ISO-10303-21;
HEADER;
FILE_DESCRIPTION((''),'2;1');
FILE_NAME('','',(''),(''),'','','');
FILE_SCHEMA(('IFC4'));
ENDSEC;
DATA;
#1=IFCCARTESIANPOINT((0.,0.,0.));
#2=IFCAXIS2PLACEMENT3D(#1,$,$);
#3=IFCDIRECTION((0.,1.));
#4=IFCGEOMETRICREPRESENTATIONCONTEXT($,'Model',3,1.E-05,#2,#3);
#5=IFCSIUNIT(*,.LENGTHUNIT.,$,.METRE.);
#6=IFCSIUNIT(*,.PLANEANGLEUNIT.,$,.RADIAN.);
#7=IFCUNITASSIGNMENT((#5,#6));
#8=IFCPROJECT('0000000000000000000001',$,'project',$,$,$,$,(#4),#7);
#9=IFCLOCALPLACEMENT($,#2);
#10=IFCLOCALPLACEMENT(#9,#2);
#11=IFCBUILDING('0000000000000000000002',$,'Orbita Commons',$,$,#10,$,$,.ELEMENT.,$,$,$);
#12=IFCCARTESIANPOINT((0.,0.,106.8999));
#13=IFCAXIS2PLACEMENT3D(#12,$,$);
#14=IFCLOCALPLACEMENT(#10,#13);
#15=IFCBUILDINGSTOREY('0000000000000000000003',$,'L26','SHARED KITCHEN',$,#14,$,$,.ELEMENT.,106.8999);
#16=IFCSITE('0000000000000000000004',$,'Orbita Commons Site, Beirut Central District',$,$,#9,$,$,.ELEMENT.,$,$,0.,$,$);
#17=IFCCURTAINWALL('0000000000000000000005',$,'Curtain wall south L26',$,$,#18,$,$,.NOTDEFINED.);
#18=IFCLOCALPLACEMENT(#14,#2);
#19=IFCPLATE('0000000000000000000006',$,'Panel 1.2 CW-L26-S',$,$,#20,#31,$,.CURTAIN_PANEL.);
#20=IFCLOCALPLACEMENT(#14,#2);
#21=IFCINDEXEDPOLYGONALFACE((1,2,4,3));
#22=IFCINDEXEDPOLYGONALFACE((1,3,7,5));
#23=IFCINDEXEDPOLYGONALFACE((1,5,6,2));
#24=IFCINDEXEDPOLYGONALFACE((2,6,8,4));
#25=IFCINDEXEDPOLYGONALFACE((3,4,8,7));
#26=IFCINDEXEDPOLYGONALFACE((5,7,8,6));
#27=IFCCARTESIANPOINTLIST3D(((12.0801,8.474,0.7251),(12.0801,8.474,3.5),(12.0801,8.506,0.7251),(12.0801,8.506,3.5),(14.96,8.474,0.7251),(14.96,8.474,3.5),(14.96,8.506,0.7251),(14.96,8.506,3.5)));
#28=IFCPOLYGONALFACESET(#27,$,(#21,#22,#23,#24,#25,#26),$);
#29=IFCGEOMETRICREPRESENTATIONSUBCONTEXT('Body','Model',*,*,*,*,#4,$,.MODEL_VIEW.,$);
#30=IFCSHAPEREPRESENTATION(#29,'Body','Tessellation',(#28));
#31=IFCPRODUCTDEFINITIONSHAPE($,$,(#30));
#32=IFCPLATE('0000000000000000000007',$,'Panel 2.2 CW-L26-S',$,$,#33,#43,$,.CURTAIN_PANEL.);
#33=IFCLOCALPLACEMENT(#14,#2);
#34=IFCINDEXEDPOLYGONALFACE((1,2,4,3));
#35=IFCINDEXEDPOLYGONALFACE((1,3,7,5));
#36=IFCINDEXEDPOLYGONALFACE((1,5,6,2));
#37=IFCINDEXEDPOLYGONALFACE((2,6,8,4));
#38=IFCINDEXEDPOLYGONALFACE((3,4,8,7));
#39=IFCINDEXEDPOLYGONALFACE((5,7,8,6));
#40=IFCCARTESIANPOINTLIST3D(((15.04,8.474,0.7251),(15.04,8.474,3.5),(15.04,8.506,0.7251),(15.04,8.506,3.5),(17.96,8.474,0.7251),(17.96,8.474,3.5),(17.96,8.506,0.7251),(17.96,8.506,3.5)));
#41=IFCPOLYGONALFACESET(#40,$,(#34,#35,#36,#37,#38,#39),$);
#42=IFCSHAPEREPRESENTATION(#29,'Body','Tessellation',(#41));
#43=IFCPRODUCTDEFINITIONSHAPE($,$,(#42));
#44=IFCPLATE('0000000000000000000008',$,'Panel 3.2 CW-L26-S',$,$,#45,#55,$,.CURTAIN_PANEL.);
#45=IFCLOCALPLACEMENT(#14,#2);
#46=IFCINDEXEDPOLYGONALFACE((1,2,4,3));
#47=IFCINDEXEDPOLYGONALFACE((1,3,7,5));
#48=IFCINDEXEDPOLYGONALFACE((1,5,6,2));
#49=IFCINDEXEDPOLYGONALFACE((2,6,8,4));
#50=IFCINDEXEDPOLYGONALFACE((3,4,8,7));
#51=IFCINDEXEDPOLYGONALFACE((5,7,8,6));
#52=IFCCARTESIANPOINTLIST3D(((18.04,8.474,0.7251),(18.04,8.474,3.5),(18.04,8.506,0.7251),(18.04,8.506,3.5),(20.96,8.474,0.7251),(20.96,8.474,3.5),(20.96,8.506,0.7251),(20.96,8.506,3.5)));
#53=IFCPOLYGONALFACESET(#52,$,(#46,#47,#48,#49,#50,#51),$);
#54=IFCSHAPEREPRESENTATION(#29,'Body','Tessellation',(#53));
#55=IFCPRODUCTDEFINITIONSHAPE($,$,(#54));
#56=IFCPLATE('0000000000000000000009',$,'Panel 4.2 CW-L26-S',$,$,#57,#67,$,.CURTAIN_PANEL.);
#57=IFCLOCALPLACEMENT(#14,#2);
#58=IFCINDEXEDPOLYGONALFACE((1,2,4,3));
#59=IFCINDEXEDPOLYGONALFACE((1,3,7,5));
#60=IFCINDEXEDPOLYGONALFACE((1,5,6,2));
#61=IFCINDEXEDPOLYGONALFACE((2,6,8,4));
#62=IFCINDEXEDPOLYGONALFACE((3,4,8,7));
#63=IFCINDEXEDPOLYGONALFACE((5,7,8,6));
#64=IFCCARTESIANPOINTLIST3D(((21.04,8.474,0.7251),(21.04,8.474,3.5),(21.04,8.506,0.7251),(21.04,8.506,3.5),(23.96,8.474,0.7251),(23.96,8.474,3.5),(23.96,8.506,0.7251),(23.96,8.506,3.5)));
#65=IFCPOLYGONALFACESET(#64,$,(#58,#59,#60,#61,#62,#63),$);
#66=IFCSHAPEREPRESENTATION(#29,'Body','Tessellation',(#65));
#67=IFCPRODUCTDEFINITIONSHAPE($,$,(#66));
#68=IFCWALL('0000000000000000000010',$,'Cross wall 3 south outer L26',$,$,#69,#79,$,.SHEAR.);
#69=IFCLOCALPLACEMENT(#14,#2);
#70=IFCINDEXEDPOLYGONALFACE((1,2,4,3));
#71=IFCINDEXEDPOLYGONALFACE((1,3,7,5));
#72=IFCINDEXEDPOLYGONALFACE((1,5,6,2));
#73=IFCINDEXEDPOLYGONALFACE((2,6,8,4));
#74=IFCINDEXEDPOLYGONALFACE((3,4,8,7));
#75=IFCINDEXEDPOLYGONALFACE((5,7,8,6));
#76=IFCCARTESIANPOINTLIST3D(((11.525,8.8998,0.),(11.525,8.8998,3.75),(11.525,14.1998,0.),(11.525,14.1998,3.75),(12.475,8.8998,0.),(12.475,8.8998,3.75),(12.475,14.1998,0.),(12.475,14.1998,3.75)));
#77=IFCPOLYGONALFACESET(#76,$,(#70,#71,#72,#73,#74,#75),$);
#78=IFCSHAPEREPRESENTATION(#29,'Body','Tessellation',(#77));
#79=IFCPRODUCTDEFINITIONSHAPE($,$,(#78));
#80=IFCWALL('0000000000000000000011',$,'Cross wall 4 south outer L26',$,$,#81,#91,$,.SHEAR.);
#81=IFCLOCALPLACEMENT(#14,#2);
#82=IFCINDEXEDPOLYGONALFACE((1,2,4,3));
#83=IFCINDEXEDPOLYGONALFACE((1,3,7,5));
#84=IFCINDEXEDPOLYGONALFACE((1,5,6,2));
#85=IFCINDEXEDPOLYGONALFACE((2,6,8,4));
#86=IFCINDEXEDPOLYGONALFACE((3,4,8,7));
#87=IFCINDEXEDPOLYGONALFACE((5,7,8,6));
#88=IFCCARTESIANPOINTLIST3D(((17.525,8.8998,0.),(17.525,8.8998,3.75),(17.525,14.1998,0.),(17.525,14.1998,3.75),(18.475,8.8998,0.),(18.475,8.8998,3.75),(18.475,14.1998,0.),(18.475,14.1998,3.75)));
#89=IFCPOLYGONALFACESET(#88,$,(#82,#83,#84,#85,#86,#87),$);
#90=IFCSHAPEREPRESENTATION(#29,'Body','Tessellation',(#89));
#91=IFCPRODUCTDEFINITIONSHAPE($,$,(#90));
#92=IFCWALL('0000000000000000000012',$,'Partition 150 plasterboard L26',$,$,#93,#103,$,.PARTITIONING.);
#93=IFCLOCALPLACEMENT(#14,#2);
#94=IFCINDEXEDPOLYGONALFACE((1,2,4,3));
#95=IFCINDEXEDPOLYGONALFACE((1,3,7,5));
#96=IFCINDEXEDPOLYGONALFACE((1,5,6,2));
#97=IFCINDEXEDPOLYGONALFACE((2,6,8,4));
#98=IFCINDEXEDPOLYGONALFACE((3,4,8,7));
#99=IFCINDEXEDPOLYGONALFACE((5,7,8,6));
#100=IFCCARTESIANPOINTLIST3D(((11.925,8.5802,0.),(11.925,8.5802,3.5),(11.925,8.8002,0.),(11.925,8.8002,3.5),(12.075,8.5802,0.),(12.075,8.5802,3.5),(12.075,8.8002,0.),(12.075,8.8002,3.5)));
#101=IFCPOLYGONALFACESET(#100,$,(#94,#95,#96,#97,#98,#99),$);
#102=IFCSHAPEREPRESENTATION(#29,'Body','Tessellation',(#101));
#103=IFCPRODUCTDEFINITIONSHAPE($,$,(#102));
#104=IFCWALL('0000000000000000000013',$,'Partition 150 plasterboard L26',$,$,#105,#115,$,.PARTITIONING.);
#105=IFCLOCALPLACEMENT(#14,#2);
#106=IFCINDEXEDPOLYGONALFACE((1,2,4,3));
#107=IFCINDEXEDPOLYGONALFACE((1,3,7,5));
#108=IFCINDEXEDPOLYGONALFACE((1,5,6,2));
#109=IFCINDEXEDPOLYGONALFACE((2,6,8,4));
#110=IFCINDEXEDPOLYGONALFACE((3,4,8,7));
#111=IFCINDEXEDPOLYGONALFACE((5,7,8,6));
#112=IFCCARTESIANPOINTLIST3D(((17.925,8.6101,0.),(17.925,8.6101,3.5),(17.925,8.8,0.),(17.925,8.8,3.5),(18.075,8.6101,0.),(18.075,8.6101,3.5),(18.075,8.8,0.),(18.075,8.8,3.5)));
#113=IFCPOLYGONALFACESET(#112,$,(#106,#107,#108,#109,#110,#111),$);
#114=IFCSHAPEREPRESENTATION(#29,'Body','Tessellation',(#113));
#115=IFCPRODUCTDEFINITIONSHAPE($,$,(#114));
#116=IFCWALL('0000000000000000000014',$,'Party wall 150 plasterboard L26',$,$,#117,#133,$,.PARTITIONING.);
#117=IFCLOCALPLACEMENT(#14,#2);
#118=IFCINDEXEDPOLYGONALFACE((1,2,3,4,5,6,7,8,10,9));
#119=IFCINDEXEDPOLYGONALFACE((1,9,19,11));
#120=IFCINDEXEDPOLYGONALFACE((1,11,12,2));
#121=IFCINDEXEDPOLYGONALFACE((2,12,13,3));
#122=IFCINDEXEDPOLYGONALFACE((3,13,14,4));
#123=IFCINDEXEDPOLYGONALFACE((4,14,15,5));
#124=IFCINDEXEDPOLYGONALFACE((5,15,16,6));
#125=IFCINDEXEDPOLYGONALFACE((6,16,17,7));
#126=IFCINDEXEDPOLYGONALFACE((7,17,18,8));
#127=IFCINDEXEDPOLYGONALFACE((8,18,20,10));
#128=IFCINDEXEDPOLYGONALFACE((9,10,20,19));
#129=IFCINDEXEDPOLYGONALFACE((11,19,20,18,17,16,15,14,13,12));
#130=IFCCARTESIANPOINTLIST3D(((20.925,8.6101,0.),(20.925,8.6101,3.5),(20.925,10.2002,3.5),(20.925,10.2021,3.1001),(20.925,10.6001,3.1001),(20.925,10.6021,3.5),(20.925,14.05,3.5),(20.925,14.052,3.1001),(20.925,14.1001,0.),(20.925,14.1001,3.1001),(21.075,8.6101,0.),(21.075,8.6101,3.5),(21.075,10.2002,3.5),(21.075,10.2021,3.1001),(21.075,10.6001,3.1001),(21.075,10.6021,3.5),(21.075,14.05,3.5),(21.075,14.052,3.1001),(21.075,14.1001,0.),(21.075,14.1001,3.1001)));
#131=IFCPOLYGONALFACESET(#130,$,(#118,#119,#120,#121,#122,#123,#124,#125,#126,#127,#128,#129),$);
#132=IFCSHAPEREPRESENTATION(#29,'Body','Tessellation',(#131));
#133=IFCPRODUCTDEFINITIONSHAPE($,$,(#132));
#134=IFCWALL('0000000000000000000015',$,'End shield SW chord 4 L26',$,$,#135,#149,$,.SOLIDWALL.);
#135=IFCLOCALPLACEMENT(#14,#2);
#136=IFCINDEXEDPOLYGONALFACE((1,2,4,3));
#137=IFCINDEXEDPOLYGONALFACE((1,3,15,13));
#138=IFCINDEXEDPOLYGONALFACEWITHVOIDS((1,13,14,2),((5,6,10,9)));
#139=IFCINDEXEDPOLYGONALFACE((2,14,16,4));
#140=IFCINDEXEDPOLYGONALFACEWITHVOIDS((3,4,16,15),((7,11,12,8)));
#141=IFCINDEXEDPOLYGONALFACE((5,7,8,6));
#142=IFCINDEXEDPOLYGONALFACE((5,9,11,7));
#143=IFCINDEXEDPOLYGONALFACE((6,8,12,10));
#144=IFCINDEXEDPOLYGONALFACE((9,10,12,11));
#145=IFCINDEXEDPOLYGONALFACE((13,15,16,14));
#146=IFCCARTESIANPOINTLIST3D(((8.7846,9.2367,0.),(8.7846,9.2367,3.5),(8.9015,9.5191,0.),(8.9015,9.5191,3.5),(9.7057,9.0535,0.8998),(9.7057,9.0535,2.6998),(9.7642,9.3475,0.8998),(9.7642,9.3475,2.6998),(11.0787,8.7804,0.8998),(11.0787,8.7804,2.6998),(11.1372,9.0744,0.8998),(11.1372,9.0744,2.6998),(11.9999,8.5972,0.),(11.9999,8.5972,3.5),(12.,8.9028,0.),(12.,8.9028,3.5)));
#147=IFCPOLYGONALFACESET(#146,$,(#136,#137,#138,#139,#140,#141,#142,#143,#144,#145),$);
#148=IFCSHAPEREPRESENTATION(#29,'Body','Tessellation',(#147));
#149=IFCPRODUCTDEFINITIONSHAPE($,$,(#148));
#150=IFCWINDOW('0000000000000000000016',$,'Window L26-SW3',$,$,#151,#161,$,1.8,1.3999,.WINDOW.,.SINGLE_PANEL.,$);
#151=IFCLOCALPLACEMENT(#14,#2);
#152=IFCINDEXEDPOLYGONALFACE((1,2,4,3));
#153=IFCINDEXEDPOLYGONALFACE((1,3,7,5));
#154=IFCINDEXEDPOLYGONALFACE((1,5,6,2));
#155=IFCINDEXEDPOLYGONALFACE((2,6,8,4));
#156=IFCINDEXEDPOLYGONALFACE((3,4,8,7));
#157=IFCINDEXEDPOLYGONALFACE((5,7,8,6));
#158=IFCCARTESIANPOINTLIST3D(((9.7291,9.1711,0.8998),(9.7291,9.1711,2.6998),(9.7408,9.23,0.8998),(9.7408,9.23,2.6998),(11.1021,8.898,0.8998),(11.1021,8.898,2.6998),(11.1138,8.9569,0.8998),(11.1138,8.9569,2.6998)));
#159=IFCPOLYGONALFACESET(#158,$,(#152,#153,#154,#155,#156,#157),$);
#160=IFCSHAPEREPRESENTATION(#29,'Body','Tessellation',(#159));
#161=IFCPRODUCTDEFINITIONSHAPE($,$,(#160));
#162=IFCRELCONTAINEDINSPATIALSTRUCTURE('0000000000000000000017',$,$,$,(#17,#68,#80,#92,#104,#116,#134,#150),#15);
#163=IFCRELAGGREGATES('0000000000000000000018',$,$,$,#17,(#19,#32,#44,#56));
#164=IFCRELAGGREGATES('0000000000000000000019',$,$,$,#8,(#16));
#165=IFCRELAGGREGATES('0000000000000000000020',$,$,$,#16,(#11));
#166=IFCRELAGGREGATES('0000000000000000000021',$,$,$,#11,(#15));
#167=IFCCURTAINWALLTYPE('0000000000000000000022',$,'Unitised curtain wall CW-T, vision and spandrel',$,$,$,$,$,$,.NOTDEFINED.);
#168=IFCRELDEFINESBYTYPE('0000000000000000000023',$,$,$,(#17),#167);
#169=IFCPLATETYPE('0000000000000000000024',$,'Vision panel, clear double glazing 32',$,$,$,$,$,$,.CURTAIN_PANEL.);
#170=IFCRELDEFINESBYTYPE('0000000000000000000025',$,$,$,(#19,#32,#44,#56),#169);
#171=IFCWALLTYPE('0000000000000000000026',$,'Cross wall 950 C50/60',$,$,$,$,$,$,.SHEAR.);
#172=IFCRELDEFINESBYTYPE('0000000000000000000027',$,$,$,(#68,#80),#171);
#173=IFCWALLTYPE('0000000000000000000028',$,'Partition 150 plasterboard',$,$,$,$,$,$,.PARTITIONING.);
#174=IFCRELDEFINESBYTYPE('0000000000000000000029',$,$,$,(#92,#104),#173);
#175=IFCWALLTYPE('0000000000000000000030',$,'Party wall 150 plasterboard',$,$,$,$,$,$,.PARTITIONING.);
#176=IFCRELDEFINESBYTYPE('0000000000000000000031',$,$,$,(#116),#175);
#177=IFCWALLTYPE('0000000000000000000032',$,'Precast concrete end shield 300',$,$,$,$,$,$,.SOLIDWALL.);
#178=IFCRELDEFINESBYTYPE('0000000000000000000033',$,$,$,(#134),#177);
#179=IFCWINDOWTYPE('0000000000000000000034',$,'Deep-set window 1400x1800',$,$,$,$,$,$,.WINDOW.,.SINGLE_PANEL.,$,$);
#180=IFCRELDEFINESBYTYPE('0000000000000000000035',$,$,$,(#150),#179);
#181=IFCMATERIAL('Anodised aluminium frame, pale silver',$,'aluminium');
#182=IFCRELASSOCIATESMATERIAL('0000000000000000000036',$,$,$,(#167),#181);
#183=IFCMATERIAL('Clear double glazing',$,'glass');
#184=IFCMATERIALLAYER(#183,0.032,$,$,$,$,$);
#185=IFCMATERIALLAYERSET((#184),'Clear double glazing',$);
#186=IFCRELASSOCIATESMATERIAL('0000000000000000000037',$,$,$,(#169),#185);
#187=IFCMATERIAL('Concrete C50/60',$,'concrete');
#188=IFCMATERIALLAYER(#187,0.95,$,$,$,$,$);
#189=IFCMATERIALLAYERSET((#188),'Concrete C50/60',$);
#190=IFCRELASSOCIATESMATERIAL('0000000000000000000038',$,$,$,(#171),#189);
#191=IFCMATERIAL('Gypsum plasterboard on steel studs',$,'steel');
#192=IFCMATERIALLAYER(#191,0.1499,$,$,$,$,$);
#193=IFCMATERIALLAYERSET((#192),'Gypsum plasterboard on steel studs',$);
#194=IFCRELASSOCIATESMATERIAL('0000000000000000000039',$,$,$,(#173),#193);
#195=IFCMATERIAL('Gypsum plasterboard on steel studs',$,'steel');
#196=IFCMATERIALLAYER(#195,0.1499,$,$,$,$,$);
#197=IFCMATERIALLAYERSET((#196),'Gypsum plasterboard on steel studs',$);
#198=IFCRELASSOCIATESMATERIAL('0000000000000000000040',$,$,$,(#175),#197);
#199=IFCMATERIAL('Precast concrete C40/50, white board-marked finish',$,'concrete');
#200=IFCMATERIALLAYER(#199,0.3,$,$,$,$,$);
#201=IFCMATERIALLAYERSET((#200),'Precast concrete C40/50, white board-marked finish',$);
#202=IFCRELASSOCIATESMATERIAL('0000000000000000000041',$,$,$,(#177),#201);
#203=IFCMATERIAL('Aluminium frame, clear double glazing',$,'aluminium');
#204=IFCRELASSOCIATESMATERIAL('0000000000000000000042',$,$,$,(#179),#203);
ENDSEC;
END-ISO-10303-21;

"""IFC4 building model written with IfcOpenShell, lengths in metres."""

from ifc_helpers import new_model, si_unit, direction, frame, frame_2d, origin, origin_2d, place, context, subcontext, project, spatial, polyline, rectangle, outline, extrude, material, layer, layer_set, type_object, element, fill, aggregate, save


model = new_model("IFC4")

# Units and contexts
model_context = context("Model", 3, precision=1e-05, world=origin(), true_north=direction((0.0, 1.0)))
body_context = subcontext(model_context, "Body", "Model", "MODEL_VIEW")
ifc_project = project(units=[si_unit("LENGTHUNIT", "METRE"), si_unit("PLANEANGLEUNIT", "RADIAN")], contexts=[model_context])

# Site, building, storey
site_placement = place(None, origin())
site = spatial("IfcSite", under=ifc_project, at=site_placement, Name="Orbita Commons Site, Beirut Central District", CompositionType="ELEMENT", RefElevation=0.0)
building_placement = place(site_placement, origin())
building = spatial("IfcBuilding", under=site, at=building_placement, Name="Orbita Commons", CompositionType="ELEMENT")
storey_placement = place(building_placement, frame((0.0, 0.0, 106.8999)))
storey = spatial("IfcBuildingStorey", under=building, at=storey_placement, Name="L26", Description="SHARED KITCHEN", CompositionType="ELEMENT", Elevation=106.8999)

# Curtain wall
ifc_material_1 = material(Name="Anodised aluminium frame, pale silver", Category="aluminium")
curtain_wall_type = type_object("IfcCurtainWallType", Name="Unitised curtain wall CW-T, vision and spandrel", PredefinedType="NOTDEFINED", material=ifc_material_1)
curtain_wall_placement = place(storey_placement, origin())
curtain_wall = element("IfcCurtainWall", 1, at=curtain_wall_placement, inside=storey, type_object=curtain_wall_type, Name="Curtain wall south L26", PredefinedType="NOTDEFINED")

# Plates
ifc_material_2 = material(Name="Clear double glazing", Category="glass")
ifc_layer_1 = layer(ifc_material_2, 0.032)
ifc_layer_set_1 = layer_set([ifc_layer_1], Name="Clear double glazing")
plate_type_1 = type_object("IfcPlateType", Name="Vision panel, clear double glazing 32", PredefinedType="CURTAIN_PANEL", material=ifc_layer_set_1)
plate_1_placement = place(storey_placement, frame((13.52, 8.49, 0.7251), z_axis=(0.0, 0.0, 1.0), x_axis=(1.0, 0.0, 0.0)))
plate_1 = element("IfcPlate", 2, at=plate_1_placement, type_object=plate_type_1, Name="Panel 1.2 CW-L26-S", PredefinedType="CURTAIN_PANEL", context=body_context, shape_type="SweptSolid", body=[
    extrude(rectangle(XDim=2.8799, YDim=0.032, at=origin_2d()), origin(), (0.0, 0.0, 1.0), 2.7749),
])
plate_2_placement = place(storey_placement, frame((16.5, 8.49, 0.7251), z_axis=(0.0, 0.0, 1.0), x_axis=(1.0, 0.0, 0.0)))
plate_2 = element("IfcPlate", 3, at=plate_2_placement, type_object=plate_type_1, Name="Panel 2.2 CW-L26-S", PredefinedType="CURTAIN_PANEL", context=body_context, shape_type="SweptSolid", body=[
    extrude(rectangle(XDim=2.9199, YDim=0.032, at=origin_2d()), origin(), (0.0, 0.0, 1.0), 2.7749),
])
plate_3_placement = place(storey_placement, frame((19.5, 8.49, 0.7251), z_axis=(0.0, 0.0, 1.0), x_axis=(1.0, 0.0, 0.0)))
plate_3 = element("IfcPlate", 4, at=plate_3_placement, type_object=plate_type_1, Name="Panel 3.2 CW-L26-S", PredefinedType="CURTAIN_PANEL", context=body_context, shape_type="SweptSolid", body=[
    extrude(rectangle(XDim=2.9199, YDim=0.032, at=origin_2d()), origin(), (0.0, 0.0, 1.0), 2.7749),
])
plate_4_placement = place(storey_placement, frame((22.5, 8.49, 0.7251), z_axis=(0.0, 0.0, 1.0), x_axis=(1.0, 0.0, 0.0)))
plate_4 = element("IfcPlate", 5, at=plate_4_placement, type_object=plate_type_1, Name="Panel 4.2 CW-L26-S", PredefinedType="CURTAIN_PANEL", context=body_context, shape_type="SweptSolid", body=[
    extrude(rectangle(XDim=2.9199, YDim=0.032, at=origin_2d()), origin(), (0.0, 0.0, 1.0), 2.7749),
])
aggregate(curtain_wall, [plate_1, plate_2, plate_3, plate_4])

# Walls
ifc_material_3 = material(Name="Concrete C50/60", Category="concrete")
ifc_layer_2 = layer(ifc_material_3, 0.95)
ifc_layer_set_2 = layer_set([ifc_layer_2], Name="Concrete C50/60")
wall_type_1 = type_object("IfcWallType", Name="Cross wall 950 C50/60", PredefinedType="SHEAR", material=ifc_layer_set_2)
for number, where, z_axis, x_axis, name in (
    (6, (12.0, 8.8999, 0.0), (0.0, 0.0, 1.0), (0.0, 1.0, 0.0), "Cross wall 3 south outer L26"),
    (7, (18.0, 8.8999, 0.0), (0.0, 0.0, 1.0), (0.0, 1.0, 0.0), "Cross wall 4 south outer L26"),
):
    element("IfcWall", number, at=place(storey_placement, frame(where, z_axis=z_axis, x_axis=x_axis)), inside=storey, type_object=wall_type_1, Name=name, PredefinedType="SHEAR", context=body_context, shape_type="SweptSolid", body=[
        extrude(rectangle(XDim=5.3, YDim=0.95, at=frame_2d((2.6499, 0.0))), origin(), (0.0, 0.0, 1.0), 3.75),
    ])
ifc_material_4 = material(Name="Gypsum plasterboard on steel studs", Category="steel")
ifc_layer_3 = layer(ifc_material_4, 0.1499)
ifc_layer_set_3 = layer_set([ifc_layer_3], Name="Gypsum plasterboard on steel studs")
wall_type_2 = type_object("IfcWallType", Name="Partition 150 plasterboard", PredefinedType="PARTITIONING", material=ifc_layer_set_3)
wall_1_placement = place(storey_placement, frame((12.0, 8.8, 0.0), z_axis=(0.0, 0.0, 1.0), x_axis=(0.0, -1.0, 0.0)))
element("IfcWall", 8, at=wall_1_placement, inside=storey, type_object=wall_type_2, Name="Partition 150 plasterboard L26", PredefinedType="PARTITIONING", context=body_context, shape_type="SweptSolid", body=[
    extrude(rectangle(XDim=0.22, YDim=0.1499, at=frame_2d((0.1099, 0.0))), origin(), (0.0, 0.0, 1.0), 3.5),
])
wall_2_placement = place(storey_placement, frame((18.0, 8.8, 0.0), z_axis=(0.0, 0.0, 1.0), x_axis=(0.0, -1.0, 0.0)))
element("IfcWall", 9, at=wall_2_placement, inside=storey, type_object=wall_type_2, Name="Partition 150 plasterboard L26", PredefinedType="PARTITIONING", context=body_context, shape_type="SweptSolid", body=[
    extrude(rectangle(XDim=0.1899, YDim=0.1499, at=frame_2d((0.095, 0.0))), origin(), (0.0, 0.0, 1.0), 3.5),
])
ifc_material_5 = material(Name="Gypsum plasterboard on steel studs", Category="steel")
ifc_layer_4 = layer(ifc_material_5, 0.1499)
ifc_layer_set_4 = layer_set([ifc_layer_4], Name="Gypsum plasterboard on steel studs")
wall_type_3 = type_object("IfcWallType", Name="Party wall 150 plasterboard", PredefinedType="PARTITIONING", material=ifc_layer_set_4)
wall_3_placement = place(storey_placement, frame((21.0, 8.6101, 0.0), z_axis=(0.0, 0.0, 1.0), x_axis=(0.0, 1.0, 0.0)))
element("IfcWall", 10, at=wall_3_placement, inside=storey, type_object=wall_type_3, Name="Party wall 150 plasterboard L26", PredefinedType="PARTITIONING", context=body_context, shape_type="SweptSolid", body=[
    extrude(outline(polyline([(0.0, 0.0), (5.49, 0.0), (5.49, 3.1001), (5.4419, 3.1001), (5.4399, 3.5), (1.9919, 3.5), (1.99, 3.1001), (1.592, 3.1001), (1.5901, 3.5), (0.0, 3.5), (0.0, 0.0)])), frame((0.0, 0.075, 0.0), z_axis=(0.0, -1.0, 0.0), x_axis=(1.0, 0.0, 0.0)), (0.0, 0.0, 1.0), 0.1499),
])

# Wall, opening, window
ifc_material_6 = material(Name="Precast concrete C40/50, white board-marked finish", Category="concrete")
ifc_layer_5 = layer(ifc_material_6, 0.3)
ifc_layer_set_5 = layer_set([ifc_layer_5], Name="Precast concrete C40/50, white board-marked finish")
wall_type_4 = type_object("IfcWallType", Name="Precast concrete end shield 300", PredefinedType="SOLIDWALL", material=ifc_layer_set_5)
wall_4_placement = place(storey_placement, frame((8.843, 9.3779, 0.0), z_axis=(0.0, 0.0, 1.0), x_axis=(0.980787, -0.19508, 0.0)))
wall_4 = element("IfcWall", 11, at=wall_4_placement, inside=storey, type_object=wall_type_4, Name="End shield SW chord 4 L26", PredefinedType="SOLIDWALL", context=body_context, shape_type="SweptSolid", body=[
    extrude(outline(polyline([(-0.0298, -0.1499), (3.2485, -0.1499), (3.189, 0.1499), (0.0298, 0.1499), (-0.0298, -0.1499)])), origin(), (0.0, 0.0, 1.0), 3.5),
])
opening_placement = place(wall_4_placement, frame((0.9094, 0.0, 0.8999)))
opening = element("IfcOpeningElement", 12, at=opening_placement, cuts=wall_4, PredefinedType="OPENING", context=body_context, shape_type="SweptSolid", body=[
    extrude(rectangle(XDim=1.3999, YDim=1.8, at=frame_2d((0.7, 0.8999))), frame((0.0, 0.1599, 0.0), z_axis=(0.0, -1.0, 0.0), x_axis=(1.0, 0.0, 0.0)), (0.0, 0.0, 1.0), 0.3201),
])
ifc_material_7 = material(Name="Aluminium frame, clear double glazing", Category="aluminium")
window_type = type_object("IfcWindowType", Name="Deep-set window 1400x1800", PartitioningType="SINGLE_PANEL", PredefinedType="WINDOW", material=ifc_material_7)
window_placement = place(opening_placement, origin())
window = element("IfcWindow", 13, at=window_placement, inside=storey, type_object=window_type, Name="Window L26-SW3", OverallHeight=1.8, OverallWidth=1.3999, PartitioningType="SINGLE_PANEL", PredefinedType="WINDOW", context=body_context, shape_type="SweptSolid", body=[
    extrude(rectangle(XDim=1.3999, YDim=1.8, at=frame_2d((0.7, 0.8999))), frame((0.0, 0.03, 0.0), z_axis=(0.0, -1.0, 0.0), x_axis=(1.0, 0.0, 0.0)), (0.0, 0.0, 1.0), 0.0601),
])
fill(opening, window)

save(model, "model.ifc")
